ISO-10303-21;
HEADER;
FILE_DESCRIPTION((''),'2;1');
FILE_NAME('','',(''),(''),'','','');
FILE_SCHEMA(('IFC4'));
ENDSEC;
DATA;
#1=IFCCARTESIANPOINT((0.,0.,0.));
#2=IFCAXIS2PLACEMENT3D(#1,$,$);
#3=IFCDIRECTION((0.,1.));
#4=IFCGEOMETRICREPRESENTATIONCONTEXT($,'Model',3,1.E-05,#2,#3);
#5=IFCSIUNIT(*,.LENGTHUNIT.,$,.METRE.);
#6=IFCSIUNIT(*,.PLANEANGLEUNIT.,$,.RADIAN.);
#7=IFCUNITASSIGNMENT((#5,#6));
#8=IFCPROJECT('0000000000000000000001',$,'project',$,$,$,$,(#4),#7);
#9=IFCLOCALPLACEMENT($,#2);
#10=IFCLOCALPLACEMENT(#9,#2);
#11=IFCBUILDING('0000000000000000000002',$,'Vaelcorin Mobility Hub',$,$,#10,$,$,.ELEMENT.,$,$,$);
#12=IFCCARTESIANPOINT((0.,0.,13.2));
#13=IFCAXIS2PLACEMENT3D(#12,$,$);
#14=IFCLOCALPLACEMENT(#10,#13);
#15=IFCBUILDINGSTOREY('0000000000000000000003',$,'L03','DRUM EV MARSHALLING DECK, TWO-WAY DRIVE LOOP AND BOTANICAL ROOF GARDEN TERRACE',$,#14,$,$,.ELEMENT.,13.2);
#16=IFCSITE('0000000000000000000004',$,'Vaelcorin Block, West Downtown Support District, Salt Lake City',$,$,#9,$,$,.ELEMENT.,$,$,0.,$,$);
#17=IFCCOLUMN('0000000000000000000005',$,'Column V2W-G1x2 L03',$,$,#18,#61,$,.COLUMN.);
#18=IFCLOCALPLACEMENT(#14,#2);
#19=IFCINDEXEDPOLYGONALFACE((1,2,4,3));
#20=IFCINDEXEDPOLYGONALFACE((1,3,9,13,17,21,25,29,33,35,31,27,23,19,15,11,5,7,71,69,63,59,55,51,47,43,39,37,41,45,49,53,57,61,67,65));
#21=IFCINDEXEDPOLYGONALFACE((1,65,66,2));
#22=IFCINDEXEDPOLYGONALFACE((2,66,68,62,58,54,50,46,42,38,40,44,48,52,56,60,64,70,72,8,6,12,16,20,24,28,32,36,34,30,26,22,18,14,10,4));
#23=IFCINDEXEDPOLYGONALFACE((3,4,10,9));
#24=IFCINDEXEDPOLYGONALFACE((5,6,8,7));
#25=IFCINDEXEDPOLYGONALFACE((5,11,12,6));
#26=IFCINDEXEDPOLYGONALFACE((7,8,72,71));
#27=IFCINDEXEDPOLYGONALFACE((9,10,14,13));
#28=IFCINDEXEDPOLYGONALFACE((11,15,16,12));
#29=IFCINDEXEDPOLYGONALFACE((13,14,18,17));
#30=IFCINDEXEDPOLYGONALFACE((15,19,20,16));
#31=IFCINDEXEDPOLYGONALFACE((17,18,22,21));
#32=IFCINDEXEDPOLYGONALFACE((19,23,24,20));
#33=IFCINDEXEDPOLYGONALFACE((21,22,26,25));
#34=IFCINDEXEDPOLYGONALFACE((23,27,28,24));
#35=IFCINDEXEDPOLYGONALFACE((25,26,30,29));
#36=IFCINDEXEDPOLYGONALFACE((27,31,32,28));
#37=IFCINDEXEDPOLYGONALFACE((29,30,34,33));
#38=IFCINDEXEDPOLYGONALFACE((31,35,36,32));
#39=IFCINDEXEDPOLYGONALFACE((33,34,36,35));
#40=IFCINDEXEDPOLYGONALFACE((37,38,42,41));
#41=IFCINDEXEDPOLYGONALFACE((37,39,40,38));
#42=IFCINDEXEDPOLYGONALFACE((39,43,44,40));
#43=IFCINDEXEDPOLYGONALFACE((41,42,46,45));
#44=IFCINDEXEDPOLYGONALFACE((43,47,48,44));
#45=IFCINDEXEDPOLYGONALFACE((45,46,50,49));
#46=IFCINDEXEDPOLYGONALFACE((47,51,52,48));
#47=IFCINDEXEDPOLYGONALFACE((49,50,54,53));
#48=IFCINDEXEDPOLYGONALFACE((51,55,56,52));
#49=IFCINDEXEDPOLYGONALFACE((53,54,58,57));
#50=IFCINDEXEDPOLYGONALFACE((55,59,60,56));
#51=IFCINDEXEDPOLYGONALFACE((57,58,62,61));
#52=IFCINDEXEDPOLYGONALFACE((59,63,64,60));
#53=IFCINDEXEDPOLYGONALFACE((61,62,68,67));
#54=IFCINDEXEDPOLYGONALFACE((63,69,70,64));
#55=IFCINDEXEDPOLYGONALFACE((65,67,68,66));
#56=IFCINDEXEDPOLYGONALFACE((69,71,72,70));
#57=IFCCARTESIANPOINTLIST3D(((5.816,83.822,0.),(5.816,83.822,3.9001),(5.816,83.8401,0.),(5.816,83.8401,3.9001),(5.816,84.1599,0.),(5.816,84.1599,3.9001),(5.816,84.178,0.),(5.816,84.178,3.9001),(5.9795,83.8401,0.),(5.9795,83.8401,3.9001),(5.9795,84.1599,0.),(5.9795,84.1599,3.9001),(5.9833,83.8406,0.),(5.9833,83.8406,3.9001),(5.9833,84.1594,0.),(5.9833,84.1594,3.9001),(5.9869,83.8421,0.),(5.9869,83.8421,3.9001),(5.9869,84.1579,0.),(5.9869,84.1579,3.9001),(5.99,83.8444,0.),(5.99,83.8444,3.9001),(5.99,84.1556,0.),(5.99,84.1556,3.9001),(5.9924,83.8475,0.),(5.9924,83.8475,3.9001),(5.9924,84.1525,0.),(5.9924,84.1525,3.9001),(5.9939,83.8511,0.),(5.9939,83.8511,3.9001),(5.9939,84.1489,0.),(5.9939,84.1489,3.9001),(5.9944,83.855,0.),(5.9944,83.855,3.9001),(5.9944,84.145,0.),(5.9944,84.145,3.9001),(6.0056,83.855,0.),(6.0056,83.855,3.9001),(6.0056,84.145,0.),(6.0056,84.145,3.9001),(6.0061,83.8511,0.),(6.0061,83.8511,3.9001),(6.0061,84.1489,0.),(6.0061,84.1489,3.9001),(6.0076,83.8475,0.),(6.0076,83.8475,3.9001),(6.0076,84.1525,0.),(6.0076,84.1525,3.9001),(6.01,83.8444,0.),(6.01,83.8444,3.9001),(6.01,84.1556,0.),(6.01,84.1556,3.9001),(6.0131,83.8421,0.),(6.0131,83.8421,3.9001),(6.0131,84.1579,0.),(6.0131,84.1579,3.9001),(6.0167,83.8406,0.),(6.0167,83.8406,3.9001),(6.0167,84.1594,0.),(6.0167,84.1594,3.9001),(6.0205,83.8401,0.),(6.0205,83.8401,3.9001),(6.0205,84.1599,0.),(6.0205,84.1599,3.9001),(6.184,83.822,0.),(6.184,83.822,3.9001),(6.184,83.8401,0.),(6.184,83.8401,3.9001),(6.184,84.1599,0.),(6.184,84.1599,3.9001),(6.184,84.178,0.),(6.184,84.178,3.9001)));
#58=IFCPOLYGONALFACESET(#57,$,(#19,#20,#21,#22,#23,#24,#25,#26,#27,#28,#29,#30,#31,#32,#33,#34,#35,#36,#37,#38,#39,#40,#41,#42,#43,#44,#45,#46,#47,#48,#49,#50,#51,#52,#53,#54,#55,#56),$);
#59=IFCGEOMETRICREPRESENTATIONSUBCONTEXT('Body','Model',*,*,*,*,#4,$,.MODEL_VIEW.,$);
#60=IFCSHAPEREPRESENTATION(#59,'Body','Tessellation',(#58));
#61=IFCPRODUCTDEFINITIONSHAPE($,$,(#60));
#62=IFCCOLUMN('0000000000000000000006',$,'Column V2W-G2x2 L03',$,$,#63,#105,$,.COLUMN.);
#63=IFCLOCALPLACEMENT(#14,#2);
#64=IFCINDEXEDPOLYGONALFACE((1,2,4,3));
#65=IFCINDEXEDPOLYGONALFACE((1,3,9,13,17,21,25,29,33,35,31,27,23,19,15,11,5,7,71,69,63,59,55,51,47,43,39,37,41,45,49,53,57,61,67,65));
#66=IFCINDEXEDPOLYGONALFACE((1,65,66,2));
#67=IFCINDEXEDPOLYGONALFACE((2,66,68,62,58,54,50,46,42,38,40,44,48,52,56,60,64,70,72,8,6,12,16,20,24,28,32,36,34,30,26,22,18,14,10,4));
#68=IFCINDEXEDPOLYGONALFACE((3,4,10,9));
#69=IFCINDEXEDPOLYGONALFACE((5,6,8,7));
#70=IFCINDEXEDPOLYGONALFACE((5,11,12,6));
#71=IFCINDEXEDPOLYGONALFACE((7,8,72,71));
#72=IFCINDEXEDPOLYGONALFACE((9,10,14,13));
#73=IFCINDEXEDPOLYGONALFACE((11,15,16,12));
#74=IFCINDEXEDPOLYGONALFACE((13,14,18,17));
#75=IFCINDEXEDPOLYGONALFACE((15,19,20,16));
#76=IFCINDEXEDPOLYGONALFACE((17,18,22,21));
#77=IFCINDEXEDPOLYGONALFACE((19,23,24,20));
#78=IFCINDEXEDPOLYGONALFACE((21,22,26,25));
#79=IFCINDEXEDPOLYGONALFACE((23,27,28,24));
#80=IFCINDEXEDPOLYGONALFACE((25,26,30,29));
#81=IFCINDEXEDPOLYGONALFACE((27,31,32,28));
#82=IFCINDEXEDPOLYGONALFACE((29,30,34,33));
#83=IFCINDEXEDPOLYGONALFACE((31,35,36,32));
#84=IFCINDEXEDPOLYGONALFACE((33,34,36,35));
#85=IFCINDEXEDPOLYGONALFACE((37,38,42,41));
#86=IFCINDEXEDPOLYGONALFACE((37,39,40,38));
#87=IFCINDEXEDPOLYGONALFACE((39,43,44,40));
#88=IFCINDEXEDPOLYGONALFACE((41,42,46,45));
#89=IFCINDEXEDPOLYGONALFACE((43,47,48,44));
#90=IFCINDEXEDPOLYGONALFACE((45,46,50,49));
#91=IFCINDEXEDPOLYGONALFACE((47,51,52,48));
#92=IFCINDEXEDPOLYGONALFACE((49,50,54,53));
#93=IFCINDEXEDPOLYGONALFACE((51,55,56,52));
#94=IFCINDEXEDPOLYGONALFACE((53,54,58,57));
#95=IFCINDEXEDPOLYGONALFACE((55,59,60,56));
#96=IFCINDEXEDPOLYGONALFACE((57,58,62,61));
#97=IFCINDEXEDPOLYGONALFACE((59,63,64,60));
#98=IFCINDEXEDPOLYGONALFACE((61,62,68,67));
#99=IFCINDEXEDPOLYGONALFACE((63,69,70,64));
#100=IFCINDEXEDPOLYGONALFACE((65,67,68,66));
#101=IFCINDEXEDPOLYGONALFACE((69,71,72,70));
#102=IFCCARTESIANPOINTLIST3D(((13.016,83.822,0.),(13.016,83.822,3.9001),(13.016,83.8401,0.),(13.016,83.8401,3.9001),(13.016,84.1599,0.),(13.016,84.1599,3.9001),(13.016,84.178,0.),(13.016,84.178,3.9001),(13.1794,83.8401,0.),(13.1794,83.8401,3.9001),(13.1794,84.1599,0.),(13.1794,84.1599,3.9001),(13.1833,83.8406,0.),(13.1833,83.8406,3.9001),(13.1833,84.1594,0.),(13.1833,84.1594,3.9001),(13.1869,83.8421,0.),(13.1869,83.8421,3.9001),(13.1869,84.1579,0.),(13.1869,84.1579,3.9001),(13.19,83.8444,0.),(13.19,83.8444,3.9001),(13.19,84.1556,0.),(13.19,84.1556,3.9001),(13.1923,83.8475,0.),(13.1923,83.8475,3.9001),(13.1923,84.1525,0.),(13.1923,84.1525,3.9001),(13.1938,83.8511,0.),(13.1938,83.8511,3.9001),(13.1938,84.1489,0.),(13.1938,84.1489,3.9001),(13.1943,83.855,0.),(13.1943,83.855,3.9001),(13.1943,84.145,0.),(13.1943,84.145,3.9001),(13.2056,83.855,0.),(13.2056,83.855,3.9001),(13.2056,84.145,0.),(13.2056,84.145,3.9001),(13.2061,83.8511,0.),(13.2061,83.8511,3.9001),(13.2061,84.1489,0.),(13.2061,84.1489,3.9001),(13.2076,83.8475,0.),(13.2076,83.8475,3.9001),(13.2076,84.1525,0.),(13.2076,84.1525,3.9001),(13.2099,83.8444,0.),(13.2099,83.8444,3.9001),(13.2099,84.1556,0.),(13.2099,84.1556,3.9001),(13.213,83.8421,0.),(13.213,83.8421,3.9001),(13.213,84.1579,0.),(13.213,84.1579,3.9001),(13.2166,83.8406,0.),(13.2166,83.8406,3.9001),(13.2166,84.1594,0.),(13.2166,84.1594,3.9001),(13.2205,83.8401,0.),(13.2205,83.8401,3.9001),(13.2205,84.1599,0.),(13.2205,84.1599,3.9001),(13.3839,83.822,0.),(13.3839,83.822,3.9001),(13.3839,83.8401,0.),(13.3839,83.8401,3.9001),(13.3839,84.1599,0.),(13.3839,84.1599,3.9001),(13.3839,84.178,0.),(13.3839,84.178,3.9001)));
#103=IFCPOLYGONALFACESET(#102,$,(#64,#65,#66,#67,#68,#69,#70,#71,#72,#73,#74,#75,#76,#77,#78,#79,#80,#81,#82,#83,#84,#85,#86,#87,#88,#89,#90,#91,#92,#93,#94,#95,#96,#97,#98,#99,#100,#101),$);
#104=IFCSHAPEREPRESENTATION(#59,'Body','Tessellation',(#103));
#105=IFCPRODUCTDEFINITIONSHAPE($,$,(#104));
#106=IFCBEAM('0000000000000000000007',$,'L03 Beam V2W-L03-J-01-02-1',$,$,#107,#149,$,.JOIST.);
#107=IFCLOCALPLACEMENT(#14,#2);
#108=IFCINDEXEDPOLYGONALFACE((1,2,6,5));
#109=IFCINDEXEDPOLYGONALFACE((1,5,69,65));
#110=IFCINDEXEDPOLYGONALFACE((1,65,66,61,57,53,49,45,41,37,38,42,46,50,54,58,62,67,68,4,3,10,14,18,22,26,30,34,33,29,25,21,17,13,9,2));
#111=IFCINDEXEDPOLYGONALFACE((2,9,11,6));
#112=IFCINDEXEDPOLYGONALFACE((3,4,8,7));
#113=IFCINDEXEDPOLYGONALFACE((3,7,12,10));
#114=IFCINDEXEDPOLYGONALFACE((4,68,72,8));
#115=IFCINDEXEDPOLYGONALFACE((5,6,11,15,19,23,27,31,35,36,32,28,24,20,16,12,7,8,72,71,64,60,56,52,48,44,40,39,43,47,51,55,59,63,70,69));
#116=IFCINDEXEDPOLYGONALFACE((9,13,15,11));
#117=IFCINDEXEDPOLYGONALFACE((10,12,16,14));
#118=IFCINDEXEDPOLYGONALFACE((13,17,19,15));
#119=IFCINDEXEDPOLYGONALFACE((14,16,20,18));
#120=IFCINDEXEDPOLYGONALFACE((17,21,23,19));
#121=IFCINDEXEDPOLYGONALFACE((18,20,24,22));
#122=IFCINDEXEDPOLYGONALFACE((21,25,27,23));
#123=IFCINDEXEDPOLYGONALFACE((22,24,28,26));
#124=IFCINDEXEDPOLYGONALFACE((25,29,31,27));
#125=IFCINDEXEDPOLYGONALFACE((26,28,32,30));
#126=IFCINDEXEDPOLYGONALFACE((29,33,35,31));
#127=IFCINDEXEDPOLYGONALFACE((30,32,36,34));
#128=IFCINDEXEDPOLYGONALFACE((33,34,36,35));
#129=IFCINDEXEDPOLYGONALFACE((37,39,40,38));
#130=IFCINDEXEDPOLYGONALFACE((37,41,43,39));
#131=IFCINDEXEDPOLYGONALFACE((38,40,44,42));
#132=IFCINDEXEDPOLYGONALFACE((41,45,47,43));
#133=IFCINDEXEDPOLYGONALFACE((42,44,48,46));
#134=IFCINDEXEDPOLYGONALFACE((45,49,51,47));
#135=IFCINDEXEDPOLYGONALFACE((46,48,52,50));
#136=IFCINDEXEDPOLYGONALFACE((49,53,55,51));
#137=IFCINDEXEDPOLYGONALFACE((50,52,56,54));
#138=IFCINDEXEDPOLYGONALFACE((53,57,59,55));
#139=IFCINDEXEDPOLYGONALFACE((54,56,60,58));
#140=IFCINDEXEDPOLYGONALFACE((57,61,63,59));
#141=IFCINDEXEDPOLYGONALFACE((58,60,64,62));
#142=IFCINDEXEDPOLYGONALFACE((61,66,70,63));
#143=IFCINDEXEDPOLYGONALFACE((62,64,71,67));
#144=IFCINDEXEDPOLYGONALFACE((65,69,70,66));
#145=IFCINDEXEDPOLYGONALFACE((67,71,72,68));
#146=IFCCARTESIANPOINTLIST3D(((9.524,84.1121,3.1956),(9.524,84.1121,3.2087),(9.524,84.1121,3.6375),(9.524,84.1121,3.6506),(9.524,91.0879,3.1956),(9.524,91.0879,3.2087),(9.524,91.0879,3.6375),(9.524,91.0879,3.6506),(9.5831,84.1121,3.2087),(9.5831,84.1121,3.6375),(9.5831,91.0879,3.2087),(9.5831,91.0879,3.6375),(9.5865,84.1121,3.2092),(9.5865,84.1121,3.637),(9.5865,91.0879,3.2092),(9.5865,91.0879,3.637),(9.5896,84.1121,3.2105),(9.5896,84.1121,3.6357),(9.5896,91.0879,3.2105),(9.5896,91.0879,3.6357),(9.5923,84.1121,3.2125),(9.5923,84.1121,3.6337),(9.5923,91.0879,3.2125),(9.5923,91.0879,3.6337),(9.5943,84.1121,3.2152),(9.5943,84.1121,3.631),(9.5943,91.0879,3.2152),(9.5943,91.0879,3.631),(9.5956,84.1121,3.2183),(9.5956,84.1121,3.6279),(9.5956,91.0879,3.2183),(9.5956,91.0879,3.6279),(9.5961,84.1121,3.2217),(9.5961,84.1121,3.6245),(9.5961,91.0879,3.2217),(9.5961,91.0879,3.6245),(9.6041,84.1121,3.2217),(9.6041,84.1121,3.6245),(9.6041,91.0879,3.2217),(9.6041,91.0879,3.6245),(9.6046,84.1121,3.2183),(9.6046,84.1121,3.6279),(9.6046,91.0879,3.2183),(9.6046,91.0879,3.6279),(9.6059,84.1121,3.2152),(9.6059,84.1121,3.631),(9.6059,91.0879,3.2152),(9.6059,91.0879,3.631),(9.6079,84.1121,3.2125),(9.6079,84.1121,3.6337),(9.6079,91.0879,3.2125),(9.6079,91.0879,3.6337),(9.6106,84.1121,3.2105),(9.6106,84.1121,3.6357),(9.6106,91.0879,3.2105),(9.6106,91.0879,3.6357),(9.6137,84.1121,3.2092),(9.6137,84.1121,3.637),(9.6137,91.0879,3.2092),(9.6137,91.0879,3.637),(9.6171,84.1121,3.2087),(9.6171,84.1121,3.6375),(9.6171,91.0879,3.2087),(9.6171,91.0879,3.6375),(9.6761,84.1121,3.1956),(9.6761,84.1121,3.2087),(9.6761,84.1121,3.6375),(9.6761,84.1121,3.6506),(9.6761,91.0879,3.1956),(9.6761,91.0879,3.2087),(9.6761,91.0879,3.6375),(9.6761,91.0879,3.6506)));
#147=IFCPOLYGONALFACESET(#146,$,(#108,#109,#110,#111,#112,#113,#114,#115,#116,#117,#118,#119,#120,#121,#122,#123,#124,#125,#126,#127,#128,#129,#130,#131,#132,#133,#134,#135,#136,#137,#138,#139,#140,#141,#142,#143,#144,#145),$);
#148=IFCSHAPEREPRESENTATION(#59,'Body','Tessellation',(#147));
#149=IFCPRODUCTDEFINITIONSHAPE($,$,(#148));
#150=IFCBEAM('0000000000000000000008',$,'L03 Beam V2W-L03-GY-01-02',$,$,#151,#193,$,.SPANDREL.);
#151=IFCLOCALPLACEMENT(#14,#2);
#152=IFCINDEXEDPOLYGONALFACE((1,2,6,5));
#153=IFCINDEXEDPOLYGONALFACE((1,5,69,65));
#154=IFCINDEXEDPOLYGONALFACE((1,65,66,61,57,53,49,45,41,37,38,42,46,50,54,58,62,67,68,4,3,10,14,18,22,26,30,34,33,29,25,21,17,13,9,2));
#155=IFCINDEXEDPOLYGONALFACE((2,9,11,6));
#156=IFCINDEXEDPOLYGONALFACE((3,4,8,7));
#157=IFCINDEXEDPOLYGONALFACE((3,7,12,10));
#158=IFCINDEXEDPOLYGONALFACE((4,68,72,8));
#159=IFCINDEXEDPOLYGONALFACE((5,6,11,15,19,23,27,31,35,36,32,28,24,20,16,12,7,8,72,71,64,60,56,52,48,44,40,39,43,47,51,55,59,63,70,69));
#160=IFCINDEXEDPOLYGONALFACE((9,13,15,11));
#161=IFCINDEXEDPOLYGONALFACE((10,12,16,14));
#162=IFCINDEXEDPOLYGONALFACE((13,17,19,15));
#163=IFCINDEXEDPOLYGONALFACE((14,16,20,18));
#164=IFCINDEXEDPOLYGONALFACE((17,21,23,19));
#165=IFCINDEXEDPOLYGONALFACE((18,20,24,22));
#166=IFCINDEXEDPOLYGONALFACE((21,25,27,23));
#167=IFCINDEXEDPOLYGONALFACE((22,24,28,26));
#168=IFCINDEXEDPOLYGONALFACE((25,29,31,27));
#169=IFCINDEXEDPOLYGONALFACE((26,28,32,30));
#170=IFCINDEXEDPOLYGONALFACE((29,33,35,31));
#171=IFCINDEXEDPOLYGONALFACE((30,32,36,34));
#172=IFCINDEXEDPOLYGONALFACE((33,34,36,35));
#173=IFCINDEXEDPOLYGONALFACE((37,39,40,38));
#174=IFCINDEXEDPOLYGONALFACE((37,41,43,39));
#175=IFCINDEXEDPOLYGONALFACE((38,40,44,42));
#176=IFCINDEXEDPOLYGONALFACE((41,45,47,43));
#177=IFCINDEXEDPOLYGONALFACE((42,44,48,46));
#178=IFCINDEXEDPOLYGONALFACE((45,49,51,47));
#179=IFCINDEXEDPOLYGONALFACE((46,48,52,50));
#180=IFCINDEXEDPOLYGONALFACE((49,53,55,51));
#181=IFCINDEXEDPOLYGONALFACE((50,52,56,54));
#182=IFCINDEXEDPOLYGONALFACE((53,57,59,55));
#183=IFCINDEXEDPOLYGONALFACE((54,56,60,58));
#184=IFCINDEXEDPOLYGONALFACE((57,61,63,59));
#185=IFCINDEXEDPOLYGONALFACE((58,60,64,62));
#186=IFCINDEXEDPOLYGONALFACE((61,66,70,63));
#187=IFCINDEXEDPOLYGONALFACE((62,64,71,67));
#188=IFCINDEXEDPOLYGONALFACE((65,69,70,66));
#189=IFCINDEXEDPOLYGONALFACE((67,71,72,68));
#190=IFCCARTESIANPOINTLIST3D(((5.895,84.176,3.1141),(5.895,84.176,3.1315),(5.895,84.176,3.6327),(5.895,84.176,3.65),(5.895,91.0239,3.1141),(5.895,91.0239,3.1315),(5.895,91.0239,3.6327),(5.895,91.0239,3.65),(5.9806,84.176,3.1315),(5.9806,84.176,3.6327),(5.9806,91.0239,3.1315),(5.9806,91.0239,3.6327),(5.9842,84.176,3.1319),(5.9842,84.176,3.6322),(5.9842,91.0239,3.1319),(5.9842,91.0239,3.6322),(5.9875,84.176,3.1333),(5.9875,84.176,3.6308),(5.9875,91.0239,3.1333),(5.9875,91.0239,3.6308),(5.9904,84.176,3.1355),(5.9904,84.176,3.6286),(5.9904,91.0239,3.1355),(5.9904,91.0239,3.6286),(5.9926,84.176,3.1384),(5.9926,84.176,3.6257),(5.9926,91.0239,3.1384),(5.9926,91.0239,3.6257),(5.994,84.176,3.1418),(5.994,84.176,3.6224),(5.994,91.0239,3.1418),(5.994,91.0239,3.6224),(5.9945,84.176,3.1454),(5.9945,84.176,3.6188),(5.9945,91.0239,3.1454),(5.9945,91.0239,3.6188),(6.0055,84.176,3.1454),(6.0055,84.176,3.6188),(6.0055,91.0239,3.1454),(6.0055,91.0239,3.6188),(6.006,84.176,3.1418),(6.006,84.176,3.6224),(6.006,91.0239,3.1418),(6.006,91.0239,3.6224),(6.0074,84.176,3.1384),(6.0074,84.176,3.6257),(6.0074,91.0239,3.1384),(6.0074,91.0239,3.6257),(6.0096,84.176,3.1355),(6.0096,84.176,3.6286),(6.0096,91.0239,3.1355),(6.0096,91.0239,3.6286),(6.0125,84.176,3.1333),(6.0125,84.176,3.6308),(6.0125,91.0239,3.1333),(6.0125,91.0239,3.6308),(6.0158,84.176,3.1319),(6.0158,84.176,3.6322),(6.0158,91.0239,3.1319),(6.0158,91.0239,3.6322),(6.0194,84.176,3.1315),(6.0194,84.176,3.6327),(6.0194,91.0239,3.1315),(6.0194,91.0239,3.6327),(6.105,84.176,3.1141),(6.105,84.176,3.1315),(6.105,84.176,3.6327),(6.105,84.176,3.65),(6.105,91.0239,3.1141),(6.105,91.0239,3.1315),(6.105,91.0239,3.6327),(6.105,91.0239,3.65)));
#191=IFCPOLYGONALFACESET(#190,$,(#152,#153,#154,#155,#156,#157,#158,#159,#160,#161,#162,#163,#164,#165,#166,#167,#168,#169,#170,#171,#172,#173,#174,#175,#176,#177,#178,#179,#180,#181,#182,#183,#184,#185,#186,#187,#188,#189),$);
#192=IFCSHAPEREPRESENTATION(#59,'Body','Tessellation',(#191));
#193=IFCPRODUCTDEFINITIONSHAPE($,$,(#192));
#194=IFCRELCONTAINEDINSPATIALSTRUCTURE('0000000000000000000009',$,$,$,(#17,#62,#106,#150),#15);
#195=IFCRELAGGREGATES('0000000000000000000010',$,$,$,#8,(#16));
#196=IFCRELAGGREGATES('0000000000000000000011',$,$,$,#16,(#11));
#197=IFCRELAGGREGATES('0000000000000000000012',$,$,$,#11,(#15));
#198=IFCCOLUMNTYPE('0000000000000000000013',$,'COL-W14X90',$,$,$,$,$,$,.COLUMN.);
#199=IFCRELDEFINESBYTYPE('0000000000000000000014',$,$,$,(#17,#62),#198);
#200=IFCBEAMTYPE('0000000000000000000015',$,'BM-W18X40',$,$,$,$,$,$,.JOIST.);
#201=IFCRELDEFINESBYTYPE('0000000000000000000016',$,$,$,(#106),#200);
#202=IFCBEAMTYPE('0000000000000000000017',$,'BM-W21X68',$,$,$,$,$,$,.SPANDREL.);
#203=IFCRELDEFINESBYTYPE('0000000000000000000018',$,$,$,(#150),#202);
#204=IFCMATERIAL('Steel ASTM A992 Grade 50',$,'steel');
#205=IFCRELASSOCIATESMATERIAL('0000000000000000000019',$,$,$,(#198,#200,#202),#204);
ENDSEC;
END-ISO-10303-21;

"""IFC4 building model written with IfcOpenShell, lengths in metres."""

from ifc_helpers import new_model, si_unit, direction, frame, origin, origin_2d, place, context, subcontext, project, spatial, i_section, extrude, material, material_profile, profile_set, type_object, element, save


model = new_model("IFC4")

# Units and contexts
model_context = context("Model", 3, precision=1e-05, world=origin(), true_north=direction((0.0, 1.0)))
body_context = subcontext(model_context, "Body", "Model", "MODEL_VIEW")
ifc_project = project(units=[si_unit("LENGTHUNIT", "METRE"), si_unit("PLANEANGLEUNIT", "RADIAN")], contexts=[model_context])

# Site, building, storey
site_placement = place(None, origin())
site = spatial("IfcSite", under=ifc_project, at=site_placement, Name="Vaelcorin Block, West Downtown Support District, Salt Lake City", CompositionType="ELEMENT", RefElevation=0.0)
building_placement = place(site_placement, origin())
building = spatial("IfcBuilding", under=site, at=building_placement, Name="Vaelcorin Mobility Hub", CompositionType="ELEMENT")
storey_placement = place(building_placement, frame((0.0, 0.0, 13.2)))
storey = spatial("IfcBuildingStorey", under=building, at=storey_placement, Name="L03", Description="DRUM EV MARSHALLING DECK, TWO-WAY DRIVE LOOP AND BOTANICAL ROOF GARDEN TERRACE", CompositionType="ELEMENT", Elevation=13.2)

# Columns
ifc_material_1 = material(Name="Steel ASTM A992 Grade 50", Category="steel")
ifc_material_profile_1 = material_profile(ifc_material_1, i_section(OverallWidth=0.3679, OverallDepth=0.356, WebThickness=0.0112, FlangeThickness=0.0181, FilletRadius=0.0149, at=origin_2d()), Name="W14X90")
ifc_profile_set_1 = profile_set([ifc_material_profile_1], Name="Steel ASTM A992 Grade 50")
column_type = type_object("IfcColumnType", Name="COL-W14X90", PredefinedType="COLUMN", material=ifc_profile_set_1)
for number, where, z_axis, x_axis, name in (
    (1, (6.0, 84.0, 0.0), (0.0, 0.0, 1.0), (1.0, 0.0, 0.0), "Column V2W-G1x2 L03"),
    (2, (13.2, 84.0, 0.0), (0.0, 0.0, 1.0), (1.0, 0.0, 0.0), "Column V2W-G2x2 L03"),
):
    element("IfcColumn", number, at=place(storey_placement, frame(where, z_axis=z_axis, x_axis=x_axis)), inside=storey, type_object=column_type, Name=name, PredefinedType="COLUMN", context=body_context, shape_type="SweptSolid", body=[
        extrude(i_section(OverallWidth=0.3679, OverallDepth=0.356, WebThickness=0.0112, FlangeThickness=0.0181, FilletRadius=0.0149, at=origin_2d()), origin(), (0.0, 0.0, 1.0), 3.9001),
    ])

# Beams
ifc_material_profile_2 = material_profile(ifc_material_1, i_section(OverallWidth=0.1521, OverallDepth=0.4551, WebThickness=0.0081, FlangeThickness=0.0132, FilletRadius=0.0129, at=origin_2d()), Name="W18X40")
ifc_profile_set_2 = profile_set([ifc_material_profile_2], Name="Steel ASTM A992 Grade 50")
beam_type_1 = type_object("IfcBeamType", Name="BM-W18X40", PredefinedType="JOIST", material=ifc_profile_set_2)
beam_1_placement = place(storey_placement, frame((9.6001, 84.1121, 3.4231), z_axis=(0.0, 1.0, 0.0), x_axis=(-1.0, 0.0, 0.0)))
element("IfcBeam", 3, at=beam_1_placement, inside=storey, type_object=beam_type_1, Name="L03 Beam V2W-L03-J-01-02-1", PredefinedType="JOIST", context=body_context, shape_type="SweptSolid", body=[
    extrude(i_section(OverallWidth=0.1521, OverallDepth=0.4551, WebThickness=0.0081, FlangeThickness=0.0132, FilletRadius=0.0129, at=origin_2d()), origin(), (0.0, 0.0, 1.0), 6.9758),
])
ifc_material_profile_3 = material_profile(ifc_material_1, i_section(OverallWidth=0.21, OverallDepth=0.5359, WebThickness=0.011, FlangeThickness=0.0173, FilletRadius=0.0139, at=origin_2d()), Name="W21X68")
ifc_profile_set_3 = profile_set([ifc_material_profile_3], Name="Steel ASTM A992 Grade 50")
beam_type_2 = type_object("IfcBeamType", Name="BM-W21X68", PredefinedType="SPANDREL", material=ifc_profile_set_3)
beam_2_placement = place(storey_placement, frame((6.0, 84.176, 3.3821), z_axis=(0.0, 1.0, 0.0), x_axis=(-1.0, 0.0, 0.0)))
element("IfcBeam", 4, at=beam_2_placement, inside=storey, type_object=beam_type_2, Name="L03 Beam V2W-L03-GY-01-02", PredefinedType="SPANDREL", context=body_context, shape_type="SweptSolid", body=[
    extrude(i_section(OverallWidth=0.21, OverallDepth=0.5359, WebThickness=0.011, FlangeThickness=0.0173, FilletRadius=0.0139, at=origin_2d()), origin(), (0.0, 0.0, 1.0), 6.8479),
])

save(model, "model.ifc")
